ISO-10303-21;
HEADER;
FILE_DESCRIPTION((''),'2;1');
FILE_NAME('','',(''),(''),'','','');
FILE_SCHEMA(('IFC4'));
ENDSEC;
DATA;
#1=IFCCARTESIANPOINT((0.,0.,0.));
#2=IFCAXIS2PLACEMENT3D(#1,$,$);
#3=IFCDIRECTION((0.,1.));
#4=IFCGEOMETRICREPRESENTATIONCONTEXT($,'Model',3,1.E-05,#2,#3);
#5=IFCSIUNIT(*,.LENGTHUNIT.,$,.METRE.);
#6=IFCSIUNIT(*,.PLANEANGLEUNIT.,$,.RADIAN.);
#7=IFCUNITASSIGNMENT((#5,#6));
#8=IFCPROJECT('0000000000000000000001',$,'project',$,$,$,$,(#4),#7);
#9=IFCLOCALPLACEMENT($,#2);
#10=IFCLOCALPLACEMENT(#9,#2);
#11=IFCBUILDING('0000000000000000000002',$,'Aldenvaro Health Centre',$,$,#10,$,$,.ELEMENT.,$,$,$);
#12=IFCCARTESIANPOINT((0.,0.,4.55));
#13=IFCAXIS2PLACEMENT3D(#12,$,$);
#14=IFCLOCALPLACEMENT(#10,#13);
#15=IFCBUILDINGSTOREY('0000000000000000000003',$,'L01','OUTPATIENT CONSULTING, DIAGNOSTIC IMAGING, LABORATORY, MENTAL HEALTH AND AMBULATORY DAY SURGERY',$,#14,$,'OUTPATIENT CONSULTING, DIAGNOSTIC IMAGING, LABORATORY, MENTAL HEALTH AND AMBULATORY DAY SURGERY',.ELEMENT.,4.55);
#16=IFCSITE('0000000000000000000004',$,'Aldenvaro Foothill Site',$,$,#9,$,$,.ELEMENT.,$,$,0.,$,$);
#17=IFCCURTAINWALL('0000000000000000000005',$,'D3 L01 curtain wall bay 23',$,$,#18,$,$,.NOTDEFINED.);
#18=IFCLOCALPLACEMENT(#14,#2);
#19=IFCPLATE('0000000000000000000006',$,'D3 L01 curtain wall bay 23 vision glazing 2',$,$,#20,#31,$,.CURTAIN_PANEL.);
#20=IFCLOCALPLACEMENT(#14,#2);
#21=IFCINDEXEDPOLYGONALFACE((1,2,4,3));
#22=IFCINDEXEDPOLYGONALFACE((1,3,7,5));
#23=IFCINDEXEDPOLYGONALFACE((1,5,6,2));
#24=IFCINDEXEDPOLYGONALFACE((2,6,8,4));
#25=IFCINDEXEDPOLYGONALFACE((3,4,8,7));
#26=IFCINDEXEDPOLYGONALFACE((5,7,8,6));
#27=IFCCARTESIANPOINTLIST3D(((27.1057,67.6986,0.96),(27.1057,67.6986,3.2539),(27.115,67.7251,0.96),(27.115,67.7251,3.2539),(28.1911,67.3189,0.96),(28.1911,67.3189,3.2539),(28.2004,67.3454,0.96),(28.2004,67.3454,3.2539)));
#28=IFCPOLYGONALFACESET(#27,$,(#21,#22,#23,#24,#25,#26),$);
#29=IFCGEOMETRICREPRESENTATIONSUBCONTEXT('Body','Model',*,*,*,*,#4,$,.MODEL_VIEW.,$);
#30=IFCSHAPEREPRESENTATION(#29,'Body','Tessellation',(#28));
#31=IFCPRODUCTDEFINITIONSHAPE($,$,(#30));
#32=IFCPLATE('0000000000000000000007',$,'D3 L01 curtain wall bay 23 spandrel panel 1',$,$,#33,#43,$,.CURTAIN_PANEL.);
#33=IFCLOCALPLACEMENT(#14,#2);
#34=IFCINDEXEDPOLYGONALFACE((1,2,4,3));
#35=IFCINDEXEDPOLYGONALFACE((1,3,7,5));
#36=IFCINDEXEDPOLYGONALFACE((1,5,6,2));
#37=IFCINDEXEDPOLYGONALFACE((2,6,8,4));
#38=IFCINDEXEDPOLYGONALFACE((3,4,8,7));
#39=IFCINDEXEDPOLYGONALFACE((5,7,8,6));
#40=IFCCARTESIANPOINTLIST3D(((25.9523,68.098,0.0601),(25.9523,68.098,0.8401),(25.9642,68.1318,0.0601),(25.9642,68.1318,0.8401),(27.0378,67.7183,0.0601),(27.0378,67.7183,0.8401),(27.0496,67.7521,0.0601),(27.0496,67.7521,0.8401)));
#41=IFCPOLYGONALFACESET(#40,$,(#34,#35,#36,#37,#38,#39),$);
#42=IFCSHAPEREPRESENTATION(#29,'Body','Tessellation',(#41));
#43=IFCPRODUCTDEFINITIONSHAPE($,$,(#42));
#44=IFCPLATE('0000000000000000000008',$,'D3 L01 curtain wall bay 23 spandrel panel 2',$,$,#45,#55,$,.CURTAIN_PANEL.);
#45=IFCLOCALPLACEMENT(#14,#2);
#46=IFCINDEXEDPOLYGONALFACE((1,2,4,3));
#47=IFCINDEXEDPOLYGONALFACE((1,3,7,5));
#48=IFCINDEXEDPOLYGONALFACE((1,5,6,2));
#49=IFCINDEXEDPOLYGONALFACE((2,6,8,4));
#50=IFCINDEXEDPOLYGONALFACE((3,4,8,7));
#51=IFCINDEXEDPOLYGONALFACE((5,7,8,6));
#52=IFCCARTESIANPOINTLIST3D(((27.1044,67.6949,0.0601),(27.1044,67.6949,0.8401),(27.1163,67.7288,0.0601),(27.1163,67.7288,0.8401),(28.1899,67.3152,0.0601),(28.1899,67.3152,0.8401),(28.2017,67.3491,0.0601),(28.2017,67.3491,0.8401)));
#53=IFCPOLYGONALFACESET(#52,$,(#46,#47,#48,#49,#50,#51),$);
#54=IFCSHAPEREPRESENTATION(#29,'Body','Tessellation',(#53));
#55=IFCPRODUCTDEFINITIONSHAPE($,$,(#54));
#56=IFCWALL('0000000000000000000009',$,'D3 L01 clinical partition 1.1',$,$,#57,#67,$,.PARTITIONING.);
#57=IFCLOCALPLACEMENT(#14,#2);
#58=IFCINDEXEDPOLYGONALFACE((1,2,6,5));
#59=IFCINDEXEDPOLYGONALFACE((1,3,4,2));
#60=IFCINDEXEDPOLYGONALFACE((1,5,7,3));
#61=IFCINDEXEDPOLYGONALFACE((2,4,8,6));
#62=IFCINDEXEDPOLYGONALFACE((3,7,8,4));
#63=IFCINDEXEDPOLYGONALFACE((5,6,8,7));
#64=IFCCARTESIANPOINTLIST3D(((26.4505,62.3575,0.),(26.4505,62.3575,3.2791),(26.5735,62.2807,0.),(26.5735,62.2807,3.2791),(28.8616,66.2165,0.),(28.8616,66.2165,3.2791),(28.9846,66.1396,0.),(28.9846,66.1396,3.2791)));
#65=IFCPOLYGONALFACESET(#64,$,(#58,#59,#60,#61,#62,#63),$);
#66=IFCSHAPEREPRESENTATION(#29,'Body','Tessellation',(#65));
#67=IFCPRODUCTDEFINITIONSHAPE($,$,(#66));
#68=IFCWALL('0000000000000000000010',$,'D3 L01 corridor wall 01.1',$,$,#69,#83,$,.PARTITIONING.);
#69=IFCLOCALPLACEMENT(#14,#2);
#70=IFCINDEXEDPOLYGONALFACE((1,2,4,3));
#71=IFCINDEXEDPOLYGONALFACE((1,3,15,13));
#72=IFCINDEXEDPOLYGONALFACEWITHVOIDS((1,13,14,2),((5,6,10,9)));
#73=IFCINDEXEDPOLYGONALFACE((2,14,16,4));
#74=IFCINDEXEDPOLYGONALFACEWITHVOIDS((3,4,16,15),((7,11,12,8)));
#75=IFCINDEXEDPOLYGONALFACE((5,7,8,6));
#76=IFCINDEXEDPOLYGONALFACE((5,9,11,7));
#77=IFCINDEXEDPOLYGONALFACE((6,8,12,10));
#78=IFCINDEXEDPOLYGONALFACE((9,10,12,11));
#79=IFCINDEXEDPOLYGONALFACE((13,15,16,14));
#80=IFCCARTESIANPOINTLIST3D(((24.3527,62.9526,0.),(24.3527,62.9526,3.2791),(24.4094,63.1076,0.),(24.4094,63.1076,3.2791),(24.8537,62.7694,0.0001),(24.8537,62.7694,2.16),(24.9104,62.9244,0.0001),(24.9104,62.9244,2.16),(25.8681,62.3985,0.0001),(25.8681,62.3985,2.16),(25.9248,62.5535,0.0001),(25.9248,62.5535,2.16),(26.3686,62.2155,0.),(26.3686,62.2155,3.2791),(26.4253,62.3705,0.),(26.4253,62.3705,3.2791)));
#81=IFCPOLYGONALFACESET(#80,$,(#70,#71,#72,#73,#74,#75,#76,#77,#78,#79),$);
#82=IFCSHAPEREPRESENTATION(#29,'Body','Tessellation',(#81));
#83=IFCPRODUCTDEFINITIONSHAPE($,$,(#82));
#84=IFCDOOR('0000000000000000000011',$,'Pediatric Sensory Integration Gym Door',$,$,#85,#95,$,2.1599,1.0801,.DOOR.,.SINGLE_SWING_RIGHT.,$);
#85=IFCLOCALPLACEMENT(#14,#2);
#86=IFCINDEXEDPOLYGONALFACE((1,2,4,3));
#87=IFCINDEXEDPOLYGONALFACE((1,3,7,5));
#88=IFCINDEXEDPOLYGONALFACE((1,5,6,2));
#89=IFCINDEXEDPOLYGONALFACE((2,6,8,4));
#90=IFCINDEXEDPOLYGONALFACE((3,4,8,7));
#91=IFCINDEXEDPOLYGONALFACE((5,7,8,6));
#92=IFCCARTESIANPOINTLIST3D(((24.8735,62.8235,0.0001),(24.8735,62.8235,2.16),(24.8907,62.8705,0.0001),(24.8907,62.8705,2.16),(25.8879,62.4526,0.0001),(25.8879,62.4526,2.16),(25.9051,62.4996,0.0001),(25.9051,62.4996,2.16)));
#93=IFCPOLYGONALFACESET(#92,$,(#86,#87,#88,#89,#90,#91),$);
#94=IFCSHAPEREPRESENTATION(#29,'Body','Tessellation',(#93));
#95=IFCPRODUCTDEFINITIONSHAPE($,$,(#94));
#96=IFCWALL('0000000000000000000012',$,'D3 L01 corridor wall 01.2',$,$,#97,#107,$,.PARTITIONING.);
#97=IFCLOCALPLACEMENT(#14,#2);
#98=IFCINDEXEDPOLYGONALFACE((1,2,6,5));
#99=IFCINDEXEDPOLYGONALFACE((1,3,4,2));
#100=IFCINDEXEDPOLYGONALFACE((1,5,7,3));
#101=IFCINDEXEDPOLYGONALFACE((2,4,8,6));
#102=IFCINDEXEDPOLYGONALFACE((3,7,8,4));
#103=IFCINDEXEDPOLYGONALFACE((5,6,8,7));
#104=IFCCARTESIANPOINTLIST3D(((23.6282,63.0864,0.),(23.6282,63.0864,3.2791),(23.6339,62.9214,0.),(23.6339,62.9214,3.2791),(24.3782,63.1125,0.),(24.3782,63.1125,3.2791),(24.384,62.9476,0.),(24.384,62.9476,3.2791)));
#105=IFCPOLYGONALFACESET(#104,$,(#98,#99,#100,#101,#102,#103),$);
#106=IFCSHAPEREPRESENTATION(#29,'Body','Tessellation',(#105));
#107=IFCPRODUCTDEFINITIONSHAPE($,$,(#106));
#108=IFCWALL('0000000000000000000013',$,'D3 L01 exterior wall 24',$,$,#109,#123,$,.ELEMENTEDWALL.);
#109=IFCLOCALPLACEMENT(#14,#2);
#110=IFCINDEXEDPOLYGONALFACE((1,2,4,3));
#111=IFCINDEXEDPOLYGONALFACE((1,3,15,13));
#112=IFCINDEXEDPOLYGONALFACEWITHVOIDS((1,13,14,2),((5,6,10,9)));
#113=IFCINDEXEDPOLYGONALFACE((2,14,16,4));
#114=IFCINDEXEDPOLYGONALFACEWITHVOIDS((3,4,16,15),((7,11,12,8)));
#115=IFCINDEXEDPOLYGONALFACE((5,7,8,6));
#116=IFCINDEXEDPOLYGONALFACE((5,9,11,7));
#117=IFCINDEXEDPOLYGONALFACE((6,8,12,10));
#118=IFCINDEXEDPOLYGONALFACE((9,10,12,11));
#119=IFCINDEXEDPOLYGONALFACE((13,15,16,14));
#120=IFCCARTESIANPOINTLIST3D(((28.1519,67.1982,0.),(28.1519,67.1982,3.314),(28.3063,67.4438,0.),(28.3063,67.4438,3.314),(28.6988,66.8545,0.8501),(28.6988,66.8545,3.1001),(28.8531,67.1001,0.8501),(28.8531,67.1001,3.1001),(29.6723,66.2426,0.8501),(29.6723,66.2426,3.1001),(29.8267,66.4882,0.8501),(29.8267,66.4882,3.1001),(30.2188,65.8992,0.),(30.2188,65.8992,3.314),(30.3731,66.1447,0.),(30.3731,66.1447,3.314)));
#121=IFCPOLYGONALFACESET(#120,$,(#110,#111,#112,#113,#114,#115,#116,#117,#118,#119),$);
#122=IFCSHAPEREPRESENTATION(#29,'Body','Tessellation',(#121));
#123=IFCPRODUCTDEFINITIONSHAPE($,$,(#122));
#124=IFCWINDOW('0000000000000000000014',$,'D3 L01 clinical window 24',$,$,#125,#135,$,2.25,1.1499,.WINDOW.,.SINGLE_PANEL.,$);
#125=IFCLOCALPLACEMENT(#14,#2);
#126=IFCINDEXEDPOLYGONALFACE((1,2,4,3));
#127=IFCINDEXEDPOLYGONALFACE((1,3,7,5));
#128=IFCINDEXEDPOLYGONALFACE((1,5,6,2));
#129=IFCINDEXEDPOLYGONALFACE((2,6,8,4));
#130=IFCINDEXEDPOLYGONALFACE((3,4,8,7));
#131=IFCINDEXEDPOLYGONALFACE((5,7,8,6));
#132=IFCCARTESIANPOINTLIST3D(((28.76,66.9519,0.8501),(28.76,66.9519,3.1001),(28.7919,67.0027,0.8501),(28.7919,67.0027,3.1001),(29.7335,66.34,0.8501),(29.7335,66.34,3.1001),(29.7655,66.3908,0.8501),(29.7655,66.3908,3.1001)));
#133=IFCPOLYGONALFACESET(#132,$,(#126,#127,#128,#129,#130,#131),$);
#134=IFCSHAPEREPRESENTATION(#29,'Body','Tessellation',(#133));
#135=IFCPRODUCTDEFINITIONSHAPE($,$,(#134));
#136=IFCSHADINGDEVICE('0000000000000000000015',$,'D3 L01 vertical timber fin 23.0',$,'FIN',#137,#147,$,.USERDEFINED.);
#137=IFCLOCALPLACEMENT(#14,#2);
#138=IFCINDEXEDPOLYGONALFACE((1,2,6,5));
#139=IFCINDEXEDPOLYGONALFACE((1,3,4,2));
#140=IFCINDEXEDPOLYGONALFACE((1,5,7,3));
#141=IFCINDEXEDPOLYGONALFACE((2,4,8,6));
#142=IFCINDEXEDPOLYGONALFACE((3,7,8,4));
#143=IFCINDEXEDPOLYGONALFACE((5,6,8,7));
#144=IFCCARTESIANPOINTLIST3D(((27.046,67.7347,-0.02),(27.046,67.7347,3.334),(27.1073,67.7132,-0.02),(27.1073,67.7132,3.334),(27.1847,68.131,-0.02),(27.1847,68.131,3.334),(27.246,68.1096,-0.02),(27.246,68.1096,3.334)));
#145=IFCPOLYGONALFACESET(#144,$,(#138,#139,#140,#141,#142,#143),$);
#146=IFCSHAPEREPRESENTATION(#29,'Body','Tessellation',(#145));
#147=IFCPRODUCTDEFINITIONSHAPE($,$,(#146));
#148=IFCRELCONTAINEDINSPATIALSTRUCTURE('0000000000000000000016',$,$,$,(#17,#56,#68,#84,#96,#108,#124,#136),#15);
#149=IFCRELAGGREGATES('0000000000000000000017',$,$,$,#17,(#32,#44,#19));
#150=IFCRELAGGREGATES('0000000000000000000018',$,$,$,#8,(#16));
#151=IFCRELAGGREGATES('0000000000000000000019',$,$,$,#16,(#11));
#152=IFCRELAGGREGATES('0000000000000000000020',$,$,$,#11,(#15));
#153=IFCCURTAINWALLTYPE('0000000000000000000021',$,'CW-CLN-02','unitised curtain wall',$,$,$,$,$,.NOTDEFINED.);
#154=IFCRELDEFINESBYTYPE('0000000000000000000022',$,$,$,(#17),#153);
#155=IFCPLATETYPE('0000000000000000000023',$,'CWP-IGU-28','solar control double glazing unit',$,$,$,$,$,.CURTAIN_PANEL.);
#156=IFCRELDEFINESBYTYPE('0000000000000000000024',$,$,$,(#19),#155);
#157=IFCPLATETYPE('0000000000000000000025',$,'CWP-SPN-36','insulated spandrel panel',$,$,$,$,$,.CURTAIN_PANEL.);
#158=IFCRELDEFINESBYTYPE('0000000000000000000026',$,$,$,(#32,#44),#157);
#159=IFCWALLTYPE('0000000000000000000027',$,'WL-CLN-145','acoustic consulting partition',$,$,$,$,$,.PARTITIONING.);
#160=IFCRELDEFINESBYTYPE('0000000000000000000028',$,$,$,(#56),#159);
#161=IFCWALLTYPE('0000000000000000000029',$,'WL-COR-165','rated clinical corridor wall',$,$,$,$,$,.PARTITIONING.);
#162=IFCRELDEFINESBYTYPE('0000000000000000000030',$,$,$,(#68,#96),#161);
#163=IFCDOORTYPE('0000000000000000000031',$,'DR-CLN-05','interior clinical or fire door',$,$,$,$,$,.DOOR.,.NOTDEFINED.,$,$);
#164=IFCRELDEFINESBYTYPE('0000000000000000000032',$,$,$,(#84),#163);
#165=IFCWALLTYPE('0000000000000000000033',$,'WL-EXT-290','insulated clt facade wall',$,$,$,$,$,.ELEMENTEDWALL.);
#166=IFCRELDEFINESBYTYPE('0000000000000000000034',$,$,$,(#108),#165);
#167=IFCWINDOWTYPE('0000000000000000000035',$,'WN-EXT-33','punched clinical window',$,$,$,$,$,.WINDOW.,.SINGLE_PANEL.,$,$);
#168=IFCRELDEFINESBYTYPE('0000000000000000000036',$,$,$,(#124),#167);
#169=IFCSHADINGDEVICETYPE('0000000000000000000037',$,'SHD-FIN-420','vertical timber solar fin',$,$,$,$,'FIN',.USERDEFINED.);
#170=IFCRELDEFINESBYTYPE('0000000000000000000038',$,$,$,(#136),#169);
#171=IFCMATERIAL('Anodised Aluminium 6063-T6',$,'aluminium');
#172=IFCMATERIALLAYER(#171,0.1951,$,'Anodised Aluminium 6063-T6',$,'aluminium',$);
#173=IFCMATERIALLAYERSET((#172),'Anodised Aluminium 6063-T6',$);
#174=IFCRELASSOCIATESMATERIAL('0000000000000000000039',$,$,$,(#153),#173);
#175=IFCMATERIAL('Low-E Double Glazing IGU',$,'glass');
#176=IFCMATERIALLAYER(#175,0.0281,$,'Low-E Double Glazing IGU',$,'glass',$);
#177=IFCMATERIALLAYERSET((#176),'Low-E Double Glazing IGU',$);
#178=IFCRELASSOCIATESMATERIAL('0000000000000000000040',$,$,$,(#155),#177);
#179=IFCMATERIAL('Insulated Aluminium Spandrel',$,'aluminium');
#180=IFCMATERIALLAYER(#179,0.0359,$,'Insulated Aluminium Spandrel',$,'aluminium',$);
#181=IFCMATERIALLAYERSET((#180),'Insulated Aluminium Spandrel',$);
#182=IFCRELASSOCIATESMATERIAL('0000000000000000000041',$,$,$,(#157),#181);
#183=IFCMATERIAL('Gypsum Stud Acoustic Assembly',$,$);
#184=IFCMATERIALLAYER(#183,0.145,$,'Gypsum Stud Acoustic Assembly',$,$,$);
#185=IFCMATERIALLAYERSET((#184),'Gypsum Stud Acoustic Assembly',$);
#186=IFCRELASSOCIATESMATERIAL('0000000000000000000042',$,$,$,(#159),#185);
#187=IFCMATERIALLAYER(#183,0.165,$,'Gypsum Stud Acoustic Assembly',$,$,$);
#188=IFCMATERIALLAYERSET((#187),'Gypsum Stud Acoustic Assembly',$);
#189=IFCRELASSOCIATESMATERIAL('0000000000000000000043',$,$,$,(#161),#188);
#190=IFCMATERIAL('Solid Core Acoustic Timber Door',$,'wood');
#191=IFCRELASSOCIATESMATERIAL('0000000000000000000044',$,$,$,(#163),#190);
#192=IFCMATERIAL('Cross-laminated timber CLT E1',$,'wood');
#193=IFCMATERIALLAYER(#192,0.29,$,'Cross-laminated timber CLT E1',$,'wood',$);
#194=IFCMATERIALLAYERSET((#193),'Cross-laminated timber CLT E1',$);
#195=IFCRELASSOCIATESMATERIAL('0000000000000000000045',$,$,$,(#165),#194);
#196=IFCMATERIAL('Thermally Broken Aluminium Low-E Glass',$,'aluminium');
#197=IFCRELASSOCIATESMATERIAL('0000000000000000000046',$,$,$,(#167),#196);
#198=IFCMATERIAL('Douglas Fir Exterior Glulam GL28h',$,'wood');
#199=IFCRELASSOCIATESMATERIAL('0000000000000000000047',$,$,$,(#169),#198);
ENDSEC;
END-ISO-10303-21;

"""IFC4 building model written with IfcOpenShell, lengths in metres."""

from ifc_helpers import new_model, si_unit, direction, frame, frame_2d, origin, origin_2d, place, context, subcontext, project, spatial, rectangle, extrude, material, layer, layer_set, type_object, element, fill, aggregate, save


model = new_model("IFC4")

# Units and contexts
model_context = context("Model", 3, precision=1e-05, world=origin(), true_north=direction((0.0, 1.0)))
body_context = subcontext(model_context, "Body", "Model", "MODEL_VIEW")
ifc_project = project(units=[si_unit("LENGTHUNIT", "METRE"), si_unit("PLANEANGLEUNIT", "RADIAN")], contexts=[model_context])

# Site, building, storey
site_placement = place(None, origin())
site = spatial("IfcSite", under=ifc_project, at=site_placement, Name="Aldenvaro Foothill Site", CompositionType="ELEMENT", RefElevation=0.0)
building_placement = place(site_placement, origin())
building = spatial("IfcBuilding", under=site, at=building_placement, Name="Aldenvaro Health Centre", CompositionType="ELEMENT")
storey_placement = place(building_placement, frame((0.0, 0.0, 4.55)))
storey = spatial("IfcBuildingStorey", under=building, at=storey_placement, Name="L01", Description="OUTPATIENT CONSULTING, DIAGNOSTIC IMAGING, LABORATORY, MENTAL HEALTH AND AMBULATORY DAY SURGERY", LongName="OUTPATIENT CONSULTING, DIAGNOSTIC IMAGING, LABORATORY, MENTAL HEALTH AND AMBULATORY DAY SURGERY", CompositionType="ELEMENT", Elevation=4.55)

# Curtain wall
ifc_material_1 = material(Name="Anodised Aluminium 6063-T6", Category="aluminium")
ifc_layer_1 = layer(ifc_material_1, 0.1951, Name="Anodised Aluminium 6063-T6", Category="aluminium")
ifc_layer_set_1 = layer_set([ifc_layer_1], Name="Anodised Aluminium 6063-T6")
curtain_wall_type = type_object("IfcCurtainWallType", Name="CW-CLN-02", Description="unitised curtain wall", PredefinedType="NOTDEFINED", material=ifc_layer_set_1)
curtain_wall_placement = place(storey_placement, origin())
curtain_wall = element("IfcCurtainWall", 1, at=curtain_wall_placement, inside=storey, type_object=curtain_wall_type, Name="D3 L01 curtain wall bay 23", PredefinedType="NOTDEFINED")

# Plates
ifc_material_2 = material(Name="Low-E Double Glazing IGU", Category="glass")
ifc_layer_2 = layer(ifc_material_2, 0.0281, Name="Low-E Double Glazing IGU", Category="glass")
ifc_layer_set_2 = layer_set([ifc_layer_2], Name="Low-E Double Glazing IGU")
plate_type_1 = type_object("IfcPlateType", Name="CWP-IGU-28", Description="solar control double glazing unit", PredefinedType="CURTAIN_PANEL", material=ifc_layer_set_2)
plate_1_placement = place(storey_placement, frame((27.6531, 67.522, 0.96), z_axis=(0.0, 0.0, 1.0), x_axis=(0.943909, -0.330204, 0.0)))
plate_1 = element("IfcPlate", 2, at=plate_1_placement, type_object=plate_type_1, Name="D3 L01 curtain wall bay 23 vision glazing 2", PredefinedType="CURTAIN_PANEL", context=body_context, shape_type="SweptSolid", body=[
    extrude(rectangle(XDim=1.1499, YDim=0.0281, at=origin_2d()), origin(), (0.0, 0.0, 1.0), 2.2939),
])
ifc_material_3 = material(Name="Insulated Aluminium Spandrel", Category="aluminium")
ifc_layer_3 = layer(ifc_material_3, 0.0359, Name="Insulated Aluminium Spandrel", Category="aluminium")
ifc_layer_set_3 = layer_set([ifc_layer_3], Name="Insulated Aluminium Spandrel")
plate_type_2 = type_object("IfcPlateType", Name="CWP-SPN-36", Description="insulated spandrel panel", PredefinedType="CURTAIN_PANEL", material=ifc_layer_set_3)
plate_2_placement = place(storey_placement, frame((26.501, 67.925, 0.0601), z_axis=(0.0, 0.0, 1.0), x_axis=(0.943909, -0.330204, 0.0)))
plate_2 = element("IfcPlate", 3, at=plate_2_placement, type_object=plate_type_2, Name="D3 L01 curtain wall bay 23 spandrel panel 1", PredefinedType="CURTAIN_PANEL", context=body_context, shape_type="SweptSolid", body=[
    extrude(rectangle(XDim=1.1499, YDim=0.0359, at=origin_2d()), origin(), (0.0, 0.0, 1.0), 0.78),
])
plate_3_placement = place(storey_placement, frame((27.6531, 67.522, 0.0601), z_axis=(0.0, 0.0, 1.0), x_axis=(0.943909, -0.330204, 0.0)))
plate_3 = element("IfcPlate", 4, at=plate_3_placement, type_object=plate_type_2, Name="D3 L01 curtain wall bay 23 spandrel panel 2", PredefinedType="CURTAIN_PANEL", context=body_context, shape_type="SweptSolid", body=[
    extrude(rectangle(XDim=1.1499, YDim=0.0359, at=origin_2d()), origin(), (0.0, 0.0, 1.0), 0.78),
])
aggregate(curtain_wall, [plate_2, plate_3, plate_1])

# Wall
ifc_material_4 = material(Name="Gypsum Stud Acoustic Assembly")
ifc_layer_4 = layer(ifc_material_4, 0.145, Name="Gypsum Stud Acoustic Assembly")
ifc_layer_set_4 = layer_set([ifc_layer_4], Name="Gypsum Stud Acoustic Assembly")
wall_type_1 = type_object("IfcWallType", Name="WL-CLN-145", Description="acoustic consulting partition", PredefinedType="PARTITIONING", material=ifc_layer_set_4)
wall_1_placement = place(storey_placement, frame((26.512, 62.3191, 0.0), z_axis=(0.0, 0.0, 1.0), x_axis=(0.529893, 0.848065, 0.0)))
element("IfcWall", 5, at=wall_1_placement, inside=storey, type_object=wall_type_1, Name="D3 L01 clinical partition 1.1", PredefinedType="PARTITIONING", context=body_context, shape_type="SweptSolid", body=[
    extrude(rectangle(XDim=4.5503, YDim=0.145, at=frame_2d((2.2751, 0.0))), origin(), (0.0, 0.0, 1.0), 3.2791),
])

# Wall, opening, door
ifc_layer_5 = layer(ifc_material_4, 0.165, Name="Gypsum Stud Acoustic Assembly")
ifc_layer_set_5 = layer_set([ifc_layer_5], Name="Gypsum Stud Acoustic Assembly")
wall_type_2 = type_object("IfcWallType", Name="WL-COR-165", Description="rated clinical corridor wall", PredefinedType="PARTITIONING", material=ifc_layer_set_5)
wall_2_placement = place(storey_placement, frame((26.397, 62.293, 0.0), z_axis=(0.0, 0.0, 1.0), x_axis=(-0.939191, 0.343396, 0.0)))
wall_2 = element("IfcWall", 6, at=wall_2_placement, inside=storey, type_object=wall_type_2, Name="D3 L01 corridor wall 01.1", PredefinedType="PARTITIONING", context=body_context, shape_type="SweptSolid", body=[
    extrude(rectangle(XDim=2.1465, YDim=0.165, at=frame_2d((1.0732, 0.0))), origin(), (0.0, 0.0, 1.0), 3.2791),
])
opening_1_placement = place(wall_2_placement, frame((0.533, 0.0, 0.0)))
opening_1 = element("IfcOpeningElement", 7, at=opening_1_placement, cuts=wall_2, PredefinedType="OPENING", context=body_context, shape_type="SweptSolid", body=[
    extrude(rectangle(XDim=1.0801, YDim=2.1599, at=frame_2d((0.54, 1.0801))), frame((0.0, 0.0925, 0.0), z_axis=(0.0, -1.0, 0.0), x_axis=(1.0, 0.0, 0.0)), (0.0, 0.0, 1.0), 0.1851),
])
ifc_material_5 = material(Name="Solid Core Acoustic Timber Door", Category="wood")
door_type = type_object("IfcDoorType", Name="DR-CLN-05", Description="interior clinical or fire door", OperationType="NOTDEFINED", PredefinedType="DOOR", material=ifc_material_5)
door_placement = place(opening_1_placement, origin())
door = element("IfcDoor", 8, at=door_placement, inside=storey, type_object=door_type, Name="Pediatric Sensory Integration Gym Door", OperationType="SINGLE_SWING_RIGHT", OverallHeight=2.1599, OverallWidth=1.0801, PredefinedType="DOOR", context=body_context, shape_type="SweptSolid", body=[
    extrude(rectangle(XDim=1.0801, YDim=2.1599, at=frame_2d((0.54, 1.0801))), frame((0.0, 0.0249, 0.0), z_axis=(0.0, -1.0, 0.0), x_axis=(1.0, 0.0, 0.0)), (0.0, 0.0, 1.0), 0.05),
])
fill(opening_1, door)

# Wall
wall_3_placement = place(storey_placement, frame((24.3811, 63.03, 0.0), z_axis=(0.0, 0.0, 1.0), x_axis=(-0.999394, -0.03481, 0.0)))
element("IfcWall", 9, at=wall_3_placement, inside=storey, type_object=wall_type_2, Name="D3 L01 corridor wall 01.2", PredefinedType="PARTITIONING", context=body_context, shape_type="SweptSolid", body=[
    extrude(rectangle(XDim=0.7505, YDim=0.165, at=frame_2d((0.3752, 0.0))), origin(), (0.0, 0.0, 1.0), 3.2791),
])

# Wall, opening, window
ifc_material_6 = material(Name="Cross-laminated timber CLT E1", Category="wood")
ifc_layer_6 = layer(ifc_material_6, 0.29, Name="Cross-laminated timber CLT E1", Category="wood")
ifc_layer_set_6 = layer_set([ifc_layer_6], Name="Cross-laminated timber CLT E1")
wall_type_3 = type_object("IfcWallType", Name="WL-EXT-290", Description="insulated clt facade wall", PredefinedType="ELEMENTEDWALL", material=ifc_layer_set_6)
wall_4_placement = place(storey_placement, frame((28.229, 67.321, 0.0), z_axis=(0.0, 0.0, 1.0), x_axis=(0.846658, -0.532137, 0.0)))
wall_4 = element("IfcWall", 10, at=wall_4_placement, inside=storey, type_object=wall_type_3, Name="D3 L01 exterior wall 24", PredefinedType="ELEMENTEDWALL", context=body_context, shape_type="SweptSolid", body=[
    extrude(rectangle(XDim=2.4412, YDim=0.29, at=frame_2d((1.2207, 0.0))), origin(), (0.0, 0.0, 1.0), 3.314),
])
opening_2_placement = place(wall_4_placement, frame((0.646, 0.0, 0.8501)))
opening_2 = element("IfcOpeningElement", 11, at=opening_2_placement, cuts=wall_4, PredefinedType="OPENING", context=body_context, shape_type="SweptSolid", body=[
    extrude(rectangle(XDim=1.1499, YDim=2.25, at=frame_2d((0.575, 1.125))), frame((0.0, 0.155, 0.0), z_axis=(0.0, -1.0, 0.0), x_axis=(1.0, 0.0, 0.0)), (0.0, 0.0, 1.0), 0.3101),
])
ifc_material_7 = material(Name="Thermally Broken Aluminium Low-E Glass", Category="aluminium")
window_type = type_object("IfcWindowType", Name="WN-EXT-33", Description="punched clinical window", PartitioningType="SINGLE_PANEL", PredefinedType="WINDOW", material=ifc_material_7)
window_placement = place(opening_2_placement, origin())
window = element("IfcWindow", 12, at=window_placement, inside=storey, type_object=window_type, Name="D3 L01 clinical window 24", OverallHeight=2.25, OverallWidth=1.1499, PartitioningType="SINGLE_PANEL", PredefinedType="WINDOW", context=body_context, shape_type="SweptSolid", body=[
    extrude(rectangle(XDim=1.1499, YDim=2.25, at=frame_2d((0.575, 1.125))), frame((0.0, 0.03, 0.0), z_axis=(0.0, -1.0, 0.0), x_axis=(1.0, 0.0, 0.0)), (0.0, 0.0, 1.0), 0.0601),
])
fill(opening_2, window)

# Shading device
ifc_material_8 = material(Name="Douglas Fir Exterior Glulam GL28h", Category="wood")
shading_device_type = type_object("IfcShadingDeviceType", Name="SHD-FIN-420", Description="vertical timber solar fin", ElementType="FIN", PredefinedType="USERDEFINED", material=ifc_material_8)
shading_device_placement = place(storey_placement, frame((27.146, 67.9221, -0.02), z_axis=(0.0, 0.0, 1.0), x_axis=(0.943909, -0.330204, 0.0)))
element("IfcShadingDevice", 13, at=shading_device_placement, inside=storey, type_object=shading_device_type, Name="D3 L01 vertical timber fin 23.0", ObjectType="FIN", PredefinedType="USERDEFINED", context=body_context, shape_type="SweptSolid", body=[
    extrude(rectangle(XDim=0.0649, YDim=0.4199, at=origin_2d()), origin(), (0.0, 0.0, 1.0), 3.354),
])

save(model, "model.ifc")
